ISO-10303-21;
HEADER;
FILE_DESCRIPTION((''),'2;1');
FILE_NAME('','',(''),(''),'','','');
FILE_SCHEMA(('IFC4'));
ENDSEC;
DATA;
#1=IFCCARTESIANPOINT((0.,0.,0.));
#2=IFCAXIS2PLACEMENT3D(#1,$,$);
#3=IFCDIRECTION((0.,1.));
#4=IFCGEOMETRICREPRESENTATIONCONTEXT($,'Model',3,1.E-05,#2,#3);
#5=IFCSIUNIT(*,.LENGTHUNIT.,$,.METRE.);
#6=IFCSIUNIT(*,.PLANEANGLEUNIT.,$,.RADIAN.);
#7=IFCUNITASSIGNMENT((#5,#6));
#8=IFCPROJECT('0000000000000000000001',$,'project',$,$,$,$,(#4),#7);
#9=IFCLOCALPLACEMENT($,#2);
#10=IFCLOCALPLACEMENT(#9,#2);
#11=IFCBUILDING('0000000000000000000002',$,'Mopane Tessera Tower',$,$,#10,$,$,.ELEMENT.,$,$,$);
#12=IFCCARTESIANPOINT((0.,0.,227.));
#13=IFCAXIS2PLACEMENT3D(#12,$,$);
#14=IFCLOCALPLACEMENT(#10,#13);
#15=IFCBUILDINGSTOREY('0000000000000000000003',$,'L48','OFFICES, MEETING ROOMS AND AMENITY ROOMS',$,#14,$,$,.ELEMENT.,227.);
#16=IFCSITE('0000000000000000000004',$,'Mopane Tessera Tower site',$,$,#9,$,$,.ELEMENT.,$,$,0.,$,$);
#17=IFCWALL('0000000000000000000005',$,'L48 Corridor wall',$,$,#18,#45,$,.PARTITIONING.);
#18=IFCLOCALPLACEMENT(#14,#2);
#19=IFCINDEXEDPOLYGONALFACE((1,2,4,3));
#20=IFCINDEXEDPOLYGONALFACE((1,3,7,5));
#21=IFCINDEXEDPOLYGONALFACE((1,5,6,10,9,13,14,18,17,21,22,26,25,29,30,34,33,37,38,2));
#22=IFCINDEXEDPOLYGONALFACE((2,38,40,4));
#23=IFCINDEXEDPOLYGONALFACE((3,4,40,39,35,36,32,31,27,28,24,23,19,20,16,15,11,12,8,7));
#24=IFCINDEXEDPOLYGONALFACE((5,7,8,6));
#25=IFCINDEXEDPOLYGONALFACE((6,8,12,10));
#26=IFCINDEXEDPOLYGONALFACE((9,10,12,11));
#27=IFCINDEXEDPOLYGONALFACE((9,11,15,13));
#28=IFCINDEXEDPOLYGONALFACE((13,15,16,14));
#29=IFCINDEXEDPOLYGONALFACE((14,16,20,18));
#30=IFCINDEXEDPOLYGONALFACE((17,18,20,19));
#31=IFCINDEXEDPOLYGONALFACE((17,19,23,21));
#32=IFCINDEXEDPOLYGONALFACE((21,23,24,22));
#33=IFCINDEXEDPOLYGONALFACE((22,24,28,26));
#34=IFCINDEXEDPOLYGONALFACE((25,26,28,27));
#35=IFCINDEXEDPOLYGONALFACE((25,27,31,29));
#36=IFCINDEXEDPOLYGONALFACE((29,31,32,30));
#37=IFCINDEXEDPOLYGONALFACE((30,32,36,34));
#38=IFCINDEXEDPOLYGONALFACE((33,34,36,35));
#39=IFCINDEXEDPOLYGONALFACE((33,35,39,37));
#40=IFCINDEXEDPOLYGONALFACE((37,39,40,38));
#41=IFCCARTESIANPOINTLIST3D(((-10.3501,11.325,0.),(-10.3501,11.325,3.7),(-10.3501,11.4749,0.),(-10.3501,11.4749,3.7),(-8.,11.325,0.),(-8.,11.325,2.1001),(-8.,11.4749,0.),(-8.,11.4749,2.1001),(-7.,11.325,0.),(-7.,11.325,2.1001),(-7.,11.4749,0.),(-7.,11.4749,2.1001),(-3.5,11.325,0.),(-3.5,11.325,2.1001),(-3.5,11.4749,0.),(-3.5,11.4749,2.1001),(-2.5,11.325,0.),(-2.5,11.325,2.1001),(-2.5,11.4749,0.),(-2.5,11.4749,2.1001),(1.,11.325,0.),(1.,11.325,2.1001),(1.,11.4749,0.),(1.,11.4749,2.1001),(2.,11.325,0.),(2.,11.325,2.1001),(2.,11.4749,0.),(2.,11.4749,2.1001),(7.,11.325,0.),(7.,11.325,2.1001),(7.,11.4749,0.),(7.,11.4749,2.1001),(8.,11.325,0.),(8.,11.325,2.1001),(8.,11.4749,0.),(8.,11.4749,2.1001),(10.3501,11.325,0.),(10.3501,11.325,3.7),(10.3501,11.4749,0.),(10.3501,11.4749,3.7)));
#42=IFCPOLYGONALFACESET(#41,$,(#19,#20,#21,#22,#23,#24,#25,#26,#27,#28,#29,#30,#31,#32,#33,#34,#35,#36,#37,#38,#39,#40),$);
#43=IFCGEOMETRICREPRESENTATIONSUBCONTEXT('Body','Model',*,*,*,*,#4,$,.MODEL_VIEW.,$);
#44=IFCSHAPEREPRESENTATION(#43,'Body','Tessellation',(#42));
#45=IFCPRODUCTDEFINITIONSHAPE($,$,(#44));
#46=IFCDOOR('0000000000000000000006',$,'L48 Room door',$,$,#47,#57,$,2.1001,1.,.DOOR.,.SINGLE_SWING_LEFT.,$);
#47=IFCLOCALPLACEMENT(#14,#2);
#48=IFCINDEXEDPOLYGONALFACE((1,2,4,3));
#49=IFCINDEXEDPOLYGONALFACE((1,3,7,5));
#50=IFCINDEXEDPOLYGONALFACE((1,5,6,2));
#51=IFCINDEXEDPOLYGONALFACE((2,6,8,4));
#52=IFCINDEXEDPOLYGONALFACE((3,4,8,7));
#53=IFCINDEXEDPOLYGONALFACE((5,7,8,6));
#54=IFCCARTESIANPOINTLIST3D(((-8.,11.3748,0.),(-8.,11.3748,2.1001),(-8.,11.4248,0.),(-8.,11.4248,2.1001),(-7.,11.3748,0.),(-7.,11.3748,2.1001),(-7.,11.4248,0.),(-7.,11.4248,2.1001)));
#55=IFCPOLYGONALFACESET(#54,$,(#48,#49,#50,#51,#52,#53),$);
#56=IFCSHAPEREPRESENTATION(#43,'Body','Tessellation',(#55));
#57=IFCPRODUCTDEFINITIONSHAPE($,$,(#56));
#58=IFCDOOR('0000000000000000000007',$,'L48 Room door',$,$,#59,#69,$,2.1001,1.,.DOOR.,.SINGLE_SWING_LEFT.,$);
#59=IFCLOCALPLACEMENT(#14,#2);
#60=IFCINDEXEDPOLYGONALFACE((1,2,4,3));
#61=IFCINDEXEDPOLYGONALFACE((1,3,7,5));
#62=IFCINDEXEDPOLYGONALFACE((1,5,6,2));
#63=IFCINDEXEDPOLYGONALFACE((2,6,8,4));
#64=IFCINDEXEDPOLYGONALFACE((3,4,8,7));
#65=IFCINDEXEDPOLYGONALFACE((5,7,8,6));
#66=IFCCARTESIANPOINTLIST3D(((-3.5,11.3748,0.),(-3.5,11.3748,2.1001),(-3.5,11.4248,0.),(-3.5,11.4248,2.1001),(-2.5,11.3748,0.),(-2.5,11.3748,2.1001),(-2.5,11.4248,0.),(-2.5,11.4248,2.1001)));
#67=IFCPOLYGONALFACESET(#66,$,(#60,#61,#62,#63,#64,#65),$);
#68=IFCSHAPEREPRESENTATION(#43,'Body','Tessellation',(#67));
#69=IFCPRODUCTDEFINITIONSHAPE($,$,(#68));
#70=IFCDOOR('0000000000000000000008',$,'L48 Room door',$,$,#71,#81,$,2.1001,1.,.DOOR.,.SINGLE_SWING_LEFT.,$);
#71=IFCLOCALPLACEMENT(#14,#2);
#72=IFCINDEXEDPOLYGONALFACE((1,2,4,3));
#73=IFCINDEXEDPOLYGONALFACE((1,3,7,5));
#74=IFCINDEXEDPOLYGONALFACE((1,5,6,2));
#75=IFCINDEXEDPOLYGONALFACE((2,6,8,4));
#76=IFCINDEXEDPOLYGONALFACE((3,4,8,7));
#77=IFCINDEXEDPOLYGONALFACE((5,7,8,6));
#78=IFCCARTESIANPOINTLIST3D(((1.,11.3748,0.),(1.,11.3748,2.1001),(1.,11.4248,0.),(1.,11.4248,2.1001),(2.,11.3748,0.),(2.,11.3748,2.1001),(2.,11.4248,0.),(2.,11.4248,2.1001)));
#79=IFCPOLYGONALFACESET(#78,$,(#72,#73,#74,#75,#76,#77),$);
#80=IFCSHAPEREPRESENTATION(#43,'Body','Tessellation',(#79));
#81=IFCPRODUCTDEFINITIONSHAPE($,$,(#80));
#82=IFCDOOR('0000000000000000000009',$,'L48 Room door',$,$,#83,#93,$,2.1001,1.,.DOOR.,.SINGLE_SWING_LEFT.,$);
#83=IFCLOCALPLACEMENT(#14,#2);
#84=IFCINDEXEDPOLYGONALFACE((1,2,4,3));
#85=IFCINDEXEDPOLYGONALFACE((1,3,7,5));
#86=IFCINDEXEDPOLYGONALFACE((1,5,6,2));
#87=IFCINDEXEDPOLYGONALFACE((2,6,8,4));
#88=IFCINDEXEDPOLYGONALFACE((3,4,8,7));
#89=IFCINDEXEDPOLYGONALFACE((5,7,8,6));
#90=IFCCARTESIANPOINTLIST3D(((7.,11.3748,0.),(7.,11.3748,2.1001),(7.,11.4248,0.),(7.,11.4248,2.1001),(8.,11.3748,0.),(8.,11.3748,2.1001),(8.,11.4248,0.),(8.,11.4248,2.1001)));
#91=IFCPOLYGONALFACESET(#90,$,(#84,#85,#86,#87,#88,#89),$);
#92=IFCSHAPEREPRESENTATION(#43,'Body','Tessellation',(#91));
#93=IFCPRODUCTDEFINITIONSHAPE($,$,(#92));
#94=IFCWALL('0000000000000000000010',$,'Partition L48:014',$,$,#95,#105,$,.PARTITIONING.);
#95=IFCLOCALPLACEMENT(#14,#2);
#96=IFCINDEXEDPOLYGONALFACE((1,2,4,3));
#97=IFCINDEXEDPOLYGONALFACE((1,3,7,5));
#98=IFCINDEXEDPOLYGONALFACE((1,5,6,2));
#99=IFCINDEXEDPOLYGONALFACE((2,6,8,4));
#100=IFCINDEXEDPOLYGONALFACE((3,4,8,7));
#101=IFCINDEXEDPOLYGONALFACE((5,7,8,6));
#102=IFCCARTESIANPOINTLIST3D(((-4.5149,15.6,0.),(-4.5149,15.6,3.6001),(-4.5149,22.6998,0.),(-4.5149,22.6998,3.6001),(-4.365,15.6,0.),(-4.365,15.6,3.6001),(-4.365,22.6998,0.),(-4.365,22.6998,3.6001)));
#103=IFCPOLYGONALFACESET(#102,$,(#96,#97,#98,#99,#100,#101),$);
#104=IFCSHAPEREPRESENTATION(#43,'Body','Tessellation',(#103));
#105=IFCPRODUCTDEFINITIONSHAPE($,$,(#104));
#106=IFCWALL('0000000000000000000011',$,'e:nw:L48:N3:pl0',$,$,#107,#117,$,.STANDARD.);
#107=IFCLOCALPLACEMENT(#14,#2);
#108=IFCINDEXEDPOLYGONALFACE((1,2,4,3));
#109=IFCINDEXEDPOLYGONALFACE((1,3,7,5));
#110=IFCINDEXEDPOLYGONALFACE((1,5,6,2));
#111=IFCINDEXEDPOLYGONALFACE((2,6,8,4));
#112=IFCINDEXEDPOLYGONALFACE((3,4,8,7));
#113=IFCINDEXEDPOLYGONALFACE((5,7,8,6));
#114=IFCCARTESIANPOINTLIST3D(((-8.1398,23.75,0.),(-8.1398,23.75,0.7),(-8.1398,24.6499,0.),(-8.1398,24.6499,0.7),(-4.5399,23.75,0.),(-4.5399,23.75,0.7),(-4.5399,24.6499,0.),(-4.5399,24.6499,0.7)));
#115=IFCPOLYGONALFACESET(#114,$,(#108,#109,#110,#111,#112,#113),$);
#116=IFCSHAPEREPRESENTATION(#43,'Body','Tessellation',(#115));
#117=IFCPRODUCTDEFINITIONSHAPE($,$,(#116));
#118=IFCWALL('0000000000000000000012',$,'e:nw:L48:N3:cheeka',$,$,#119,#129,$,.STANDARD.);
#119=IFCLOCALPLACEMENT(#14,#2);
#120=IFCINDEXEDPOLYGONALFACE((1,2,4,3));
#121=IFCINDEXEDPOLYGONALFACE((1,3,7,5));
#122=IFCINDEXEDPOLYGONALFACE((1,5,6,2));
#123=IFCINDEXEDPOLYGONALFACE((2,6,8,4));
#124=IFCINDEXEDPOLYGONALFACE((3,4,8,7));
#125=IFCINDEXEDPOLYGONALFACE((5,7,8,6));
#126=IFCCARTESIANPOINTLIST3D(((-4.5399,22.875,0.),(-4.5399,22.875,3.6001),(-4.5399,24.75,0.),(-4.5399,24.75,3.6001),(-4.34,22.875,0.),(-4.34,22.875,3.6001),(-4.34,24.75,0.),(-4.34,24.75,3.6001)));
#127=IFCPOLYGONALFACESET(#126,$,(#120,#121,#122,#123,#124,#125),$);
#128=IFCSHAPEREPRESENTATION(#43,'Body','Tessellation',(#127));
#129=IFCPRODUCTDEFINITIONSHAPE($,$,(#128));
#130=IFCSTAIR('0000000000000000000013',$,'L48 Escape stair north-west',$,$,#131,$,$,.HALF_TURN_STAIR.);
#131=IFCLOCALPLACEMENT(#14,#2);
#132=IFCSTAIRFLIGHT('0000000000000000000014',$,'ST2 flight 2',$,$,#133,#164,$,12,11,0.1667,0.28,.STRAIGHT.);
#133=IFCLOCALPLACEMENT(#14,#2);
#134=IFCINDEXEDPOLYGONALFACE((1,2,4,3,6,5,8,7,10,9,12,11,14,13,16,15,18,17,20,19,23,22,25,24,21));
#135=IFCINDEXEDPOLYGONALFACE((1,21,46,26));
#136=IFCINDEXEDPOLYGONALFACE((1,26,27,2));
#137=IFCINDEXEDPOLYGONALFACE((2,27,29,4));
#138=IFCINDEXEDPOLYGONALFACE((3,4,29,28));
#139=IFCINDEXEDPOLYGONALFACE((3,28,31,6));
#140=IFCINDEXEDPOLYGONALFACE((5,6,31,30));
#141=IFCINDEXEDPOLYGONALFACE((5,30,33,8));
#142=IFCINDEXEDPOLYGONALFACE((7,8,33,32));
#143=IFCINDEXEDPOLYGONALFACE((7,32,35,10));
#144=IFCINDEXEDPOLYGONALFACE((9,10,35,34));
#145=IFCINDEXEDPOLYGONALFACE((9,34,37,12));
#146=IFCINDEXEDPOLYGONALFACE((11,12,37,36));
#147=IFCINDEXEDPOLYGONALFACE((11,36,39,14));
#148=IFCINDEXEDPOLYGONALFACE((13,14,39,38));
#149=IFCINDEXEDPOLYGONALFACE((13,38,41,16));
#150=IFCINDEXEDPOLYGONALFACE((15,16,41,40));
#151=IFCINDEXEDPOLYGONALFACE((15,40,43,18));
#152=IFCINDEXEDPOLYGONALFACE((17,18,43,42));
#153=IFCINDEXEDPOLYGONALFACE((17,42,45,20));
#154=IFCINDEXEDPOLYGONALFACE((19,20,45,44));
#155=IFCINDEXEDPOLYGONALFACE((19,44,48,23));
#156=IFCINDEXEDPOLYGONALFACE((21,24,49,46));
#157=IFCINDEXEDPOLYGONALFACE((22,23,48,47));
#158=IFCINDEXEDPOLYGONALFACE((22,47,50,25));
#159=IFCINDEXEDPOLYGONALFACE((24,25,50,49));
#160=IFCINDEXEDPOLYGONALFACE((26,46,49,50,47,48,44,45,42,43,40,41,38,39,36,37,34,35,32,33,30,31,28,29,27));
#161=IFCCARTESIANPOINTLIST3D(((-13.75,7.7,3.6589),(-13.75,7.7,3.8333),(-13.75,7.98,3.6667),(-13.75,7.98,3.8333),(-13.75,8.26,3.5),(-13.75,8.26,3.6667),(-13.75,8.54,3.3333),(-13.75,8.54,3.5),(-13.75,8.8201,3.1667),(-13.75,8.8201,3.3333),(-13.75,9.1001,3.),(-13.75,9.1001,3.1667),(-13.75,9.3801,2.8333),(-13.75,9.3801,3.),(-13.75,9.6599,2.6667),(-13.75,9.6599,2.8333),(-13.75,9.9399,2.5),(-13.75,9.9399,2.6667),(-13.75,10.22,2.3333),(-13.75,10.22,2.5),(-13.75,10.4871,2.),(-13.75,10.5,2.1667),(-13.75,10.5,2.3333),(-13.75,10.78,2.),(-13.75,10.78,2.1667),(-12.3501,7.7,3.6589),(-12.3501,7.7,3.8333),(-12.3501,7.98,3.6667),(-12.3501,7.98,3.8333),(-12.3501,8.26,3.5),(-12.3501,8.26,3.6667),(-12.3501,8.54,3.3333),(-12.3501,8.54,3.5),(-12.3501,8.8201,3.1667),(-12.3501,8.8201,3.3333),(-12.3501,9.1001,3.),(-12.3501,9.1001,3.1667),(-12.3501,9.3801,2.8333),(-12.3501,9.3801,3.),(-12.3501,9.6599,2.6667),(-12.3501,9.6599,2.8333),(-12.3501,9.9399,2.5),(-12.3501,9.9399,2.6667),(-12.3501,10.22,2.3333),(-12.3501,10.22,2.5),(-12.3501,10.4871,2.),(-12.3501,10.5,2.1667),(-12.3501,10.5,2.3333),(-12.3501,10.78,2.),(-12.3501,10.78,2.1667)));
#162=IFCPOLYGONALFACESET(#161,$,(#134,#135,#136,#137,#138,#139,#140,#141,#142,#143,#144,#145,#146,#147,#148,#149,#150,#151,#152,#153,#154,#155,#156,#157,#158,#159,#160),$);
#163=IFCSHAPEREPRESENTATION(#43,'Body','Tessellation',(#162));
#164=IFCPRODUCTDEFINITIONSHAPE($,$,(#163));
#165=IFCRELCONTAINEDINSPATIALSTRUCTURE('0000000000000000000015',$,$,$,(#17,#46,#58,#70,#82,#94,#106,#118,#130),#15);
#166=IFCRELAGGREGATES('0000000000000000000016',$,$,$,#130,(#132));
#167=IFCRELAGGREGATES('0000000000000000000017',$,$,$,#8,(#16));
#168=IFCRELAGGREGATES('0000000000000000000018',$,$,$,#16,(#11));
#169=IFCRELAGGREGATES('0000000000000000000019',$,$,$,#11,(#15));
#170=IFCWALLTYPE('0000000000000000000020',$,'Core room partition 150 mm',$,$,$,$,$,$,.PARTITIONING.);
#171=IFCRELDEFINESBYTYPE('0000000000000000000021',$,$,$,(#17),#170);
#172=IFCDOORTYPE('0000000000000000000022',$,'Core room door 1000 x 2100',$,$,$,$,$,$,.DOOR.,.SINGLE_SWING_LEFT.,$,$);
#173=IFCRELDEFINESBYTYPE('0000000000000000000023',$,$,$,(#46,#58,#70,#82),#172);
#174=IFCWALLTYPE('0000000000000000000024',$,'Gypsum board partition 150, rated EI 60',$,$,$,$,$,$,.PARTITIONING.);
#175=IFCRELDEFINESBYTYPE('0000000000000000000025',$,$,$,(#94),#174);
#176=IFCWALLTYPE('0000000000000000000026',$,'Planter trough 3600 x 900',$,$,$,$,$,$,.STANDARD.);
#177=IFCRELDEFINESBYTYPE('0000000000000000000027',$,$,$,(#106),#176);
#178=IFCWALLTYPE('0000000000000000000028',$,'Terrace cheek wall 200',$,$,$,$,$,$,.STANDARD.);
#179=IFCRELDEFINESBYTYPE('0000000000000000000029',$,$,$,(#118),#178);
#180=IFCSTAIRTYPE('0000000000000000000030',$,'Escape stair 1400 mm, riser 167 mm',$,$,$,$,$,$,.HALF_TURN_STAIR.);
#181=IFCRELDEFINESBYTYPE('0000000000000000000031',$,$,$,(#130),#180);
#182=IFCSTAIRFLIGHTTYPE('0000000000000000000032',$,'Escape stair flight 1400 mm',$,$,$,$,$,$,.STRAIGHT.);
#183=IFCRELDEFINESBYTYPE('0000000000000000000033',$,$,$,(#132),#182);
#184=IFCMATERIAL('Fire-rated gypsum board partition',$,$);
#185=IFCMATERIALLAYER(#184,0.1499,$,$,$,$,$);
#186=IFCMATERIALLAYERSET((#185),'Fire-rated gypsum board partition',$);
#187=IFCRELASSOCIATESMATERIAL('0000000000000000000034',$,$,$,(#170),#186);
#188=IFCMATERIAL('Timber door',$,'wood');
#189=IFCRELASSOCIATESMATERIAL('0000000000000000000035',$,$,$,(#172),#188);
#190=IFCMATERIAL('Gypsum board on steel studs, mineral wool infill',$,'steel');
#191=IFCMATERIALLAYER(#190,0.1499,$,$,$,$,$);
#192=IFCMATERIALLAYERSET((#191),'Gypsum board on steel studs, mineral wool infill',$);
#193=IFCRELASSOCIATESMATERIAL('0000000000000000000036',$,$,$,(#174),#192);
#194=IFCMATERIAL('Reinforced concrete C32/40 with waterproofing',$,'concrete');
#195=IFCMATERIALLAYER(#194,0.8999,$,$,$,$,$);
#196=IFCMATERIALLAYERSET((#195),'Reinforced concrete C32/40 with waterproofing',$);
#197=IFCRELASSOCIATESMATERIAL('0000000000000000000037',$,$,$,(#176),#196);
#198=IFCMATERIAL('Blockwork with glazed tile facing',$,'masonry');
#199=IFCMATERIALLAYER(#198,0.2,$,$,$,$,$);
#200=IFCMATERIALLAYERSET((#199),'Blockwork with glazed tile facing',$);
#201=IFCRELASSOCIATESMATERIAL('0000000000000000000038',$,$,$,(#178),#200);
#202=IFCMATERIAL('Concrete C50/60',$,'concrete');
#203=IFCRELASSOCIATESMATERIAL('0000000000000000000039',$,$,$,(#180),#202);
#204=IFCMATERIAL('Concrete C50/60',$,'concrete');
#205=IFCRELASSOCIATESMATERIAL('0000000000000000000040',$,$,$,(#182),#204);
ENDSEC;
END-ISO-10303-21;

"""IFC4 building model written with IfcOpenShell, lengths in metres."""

from ifc_helpers import new_model, si_unit, direction, frame, frame_2d, origin, place, context, subcontext, project, spatial, polyline, rectangle, outline, extrude, material, layer, layer_set, type_object, element, fill, aggregate, save


model = new_model("IFC4")

# Units and contexts
model_context = context("Model", 3, precision=1e-05, world=origin(), true_north=direction((0.0, 1.0)))
body_context = subcontext(model_context, "Body", "Model", "MODEL_VIEW")
ifc_project = project(units=[si_unit("LENGTHUNIT", "METRE"), si_unit("PLANEANGLEUNIT", "RADIAN")], contexts=[model_context])

# Site, building, storey
site_placement = place(None, origin())
site = spatial("IfcSite", under=ifc_project, at=site_placement, Name="Mopane Tessera Tower site", CompositionType="ELEMENT", RefElevation=0.0)
building_placement = place(site_placement, origin())
building = spatial("IfcBuilding", under=site, at=building_placement, Name="Mopane Tessera Tower", CompositionType="ELEMENT")
storey_placement = place(building_placement, frame((0.0, 0.0, 227.0)))
storey = spatial("IfcBuildingStorey", under=building, at=storey_placement, Name="L48", Description="OFFICES, MEETING ROOMS AND AMENITY ROOMS", CompositionType="ELEMENT", Elevation=227.0)

# Shared definitions
ifc_material_1 = material(Name="Fire-rated gypsum board partition")
ifc_layer_1 = layer(ifc_material_1, 0.1499)
ifc_layer_set_1 = layer_set([ifc_layer_1], Name="Fire-rated gypsum board partition")
wall_type_1 = type_object("IfcWallType", Name="Core room partition 150 mm", PredefinedType="PARTITIONING", material=ifc_layer_set_1)

# Wall, openings, doors
wall_1_placement = place(storey_placement, frame((-10.3501, 11.3999, 0.0), z_axis=(0.0, 0.0, 1.0), x_axis=(1.0, 0.0, 0.0)))
wall_1 = element("IfcWall", 1, at=wall_1_placement, inside=storey, type_object=wall_type_1, Name="L48 Corridor wall", PredefinedType="PARTITIONING", context=body_context, shape_type="SweptSolid", body=[
    extrude(rectangle(XDim=20.7002, YDim=0.1499, at=frame_2d((10.3501, 0.0))), origin(), (0.0, 0.0, 1.0), 3.7),
])
opening_1_placement = place(wall_1_placement, frame((2.3501, 0.0, 0.0)))
opening_1 = element("IfcOpeningElement", 2, at=opening_1_placement, cuts=wall_1, PredefinedType="OPENING", context=body_context, shape_type="SweptSolid", body=[
    extrude(rectangle(XDim=1.0, YDim=2.1001, at=frame_2d((0.5, 1.05))), frame((0.0, 0.0869, 0.0), z_axis=(0.0, -1.0, 0.0), x_axis=(1.0, 0.0, 0.0)), (0.0, 0.0, 1.0), 0.1738),
])
opening_2_placement = place(wall_1_placement, frame((6.8501, 0.0, 0.0)))
opening_2 = element("IfcOpeningElement", 3, at=opening_2_placement, cuts=wall_1, PredefinedType="OPENING", context=body_context, shape_type="SweptSolid", body=[
    extrude(rectangle(XDim=1.0, YDim=2.1001, at=frame_2d((0.5, 1.05))), frame((0.0, 0.0869, 0.0), z_axis=(0.0, -1.0, 0.0), x_axis=(1.0, 0.0, 0.0)), (0.0, 0.0, 1.0), 0.1738),
])
opening_3_placement = place(wall_1_placement, frame((11.3501, 0.0, 0.0)))
opening_3 = element("IfcOpeningElement", 4, at=opening_3_placement, cuts=wall_1, PredefinedType="OPENING", context=body_context, shape_type="SweptSolid", body=[
    extrude(rectangle(XDim=1.0, YDim=2.1001, at=frame_2d((0.5, 1.05))), frame((0.0, 0.0869, 0.0), z_axis=(0.0, -1.0, 0.0), x_axis=(1.0, 0.0, 0.0)), (0.0, 0.0, 1.0), 0.1738),
])
opening_4_placement = place(wall_1_placement, frame((17.3501, 0.0, 0.0)))
opening_4 = element("IfcOpeningElement", 5, at=opening_4_placement, cuts=wall_1, PredefinedType="OPENING", context=body_context, shape_type="SweptSolid", body=[
    extrude(rectangle(XDim=1.0, YDim=2.1001, at=frame_2d((0.5, 1.05))), frame((0.0, 0.0869, 0.0), z_axis=(0.0, -1.0, 0.0), x_axis=(1.0, 0.0, 0.0)), (0.0, 0.0, 1.0), 0.1738),
])
ifc_material_2 = material(Name="Timber door", Category="wood")
door_type_1 = type_object("IfcDoorType", Name="Core room door 1000 x 2100", OperationType="SINGLE_SWING_LEFT", PredefinedType="DOOR", material=ifc_material_2)
door_1_placement = place(opening_1_placement, origin())
door_1 = element("IfcDoor", 6, at=door_1_placement, inside=storey, type_object=door_type_1, Name="L48 Room door", OperationType="SINGLE_SWING_LEFT", OverallHeight=2.1001, OverallWidth=1.0, PredefinedType="DOOR", context=body_context, shape_type="SweptSolid", body=[
    extrude(rectangle(XDim=1.0, YDim=2.1001, at=frame_2d((0.5, 1.05))), frame((0.0, 0.0249, 0.0), z_axis=(0.0, -1.0, 0.0), x_axis=(1.0, 0.0, 0.0)), (0.0, 0.0, 1.0), 0.05),
])
fill(opening_1, door_1)
door_2_placement = place(opening_2_placement, origin())
door_2 = element("IfcDoor", 7, at=door_2_placement, inside=storey, type_object=door_type_1, Name="L48 Room door", OperationType="SINGLE_SWING_LEFT", OverallHeight=2.1001, OverallWidth=1.0, PredefinedType="DOOR", context=body_context, shape_type="SweptSolid", body=[
    extrude(rectangle(XDim=1.0, YDim=2.1001, at=frame_2d((0.5, 1.05))), frame((0.0, 0.0249, 0.0), z_axis=(0.0, -1.0, 0.0), x_axis=(1.0, 0.0, 0.0)), (0.0, 0.0, 1.0), 0.05),
])
fill(opening_2, door_2)
door_3_placement = place(opening_3_placement, origin())
door_3 = element("IfcDoor", 8, at=door_3_placement, inside=storey, type_object=door_type_1, Name="L48 Room door", OperationType="SINGLE_SWING_LEFT", OverallHeight=2.1001, OverallWidth=1.0, PredefinedType="DOOR", context=body_context, shape_type="SweptSolid", body=[
    extrude(rectangle(XDim=1.0, YDim=2.1001, at=frame_2d((0.5, 1.05))), frame((0.0, 0.0249, 0.0), z_axis=(0.0, -1.0, 0.0), x_axis=(1.0, 0.0, 0.0)), (0.0, 0.0, 1.0), 0.05),
])
fill(opening_3, door_3)
door_4_placement = place(opening_4_placement, origin())
door_4 = element("IfcDoor", 9, at=door_4_placement, inside=storey, type_object=door_type_1, Name="L48 Room door", OperationType="SINGLE_SWING_LEFT", OverallHeight=2.1001, OverallWidth=1.0, PredefinedType="DOOR", context=body_context, shape_type="SweptSolid", body=[
    extrude(rectangle(XDim=1.0, YDim=2.1001, at=frame_2d((0.5, 1.05))), frame((0.0, 0.0249, 0.0), z_axis=(0.0, -1.0, 0.0), x_axis=(1.0, 0.0, 0.0)), (0.0, 0.0, 1.0), 0.05),
])
fill(opening_4, door_4)

# Walls
ifc_material_3 = material(Name="Gypsum board on steel studs, mineral wool infill", Category="steel")
ifc_layer_2 = layer(ifc_material_3, 0.1499)
ifc_layer_set_2 = layer_set([ifc_layer_2], Name="Gypsum board on steel studs, mineral wool infill")
wall_type_2 = type_object("IfcWallType", Name="Gypsum board partition 150, rated EI 60", PredefinedType="PARTITIONING", material=ifc_layer_set_2)
wall_2_placement = place(storey_placement, frame((-4.4399, 15.6001, 0.0), z_axis=(0.0, 0.0, 1.0), x_axis=(0.0, 1.0, 0.0)))
element("IfcWall", 10, at=wall_2_placement, inside=storey, type_object=wall_type_2, Name="Partition L48:014", PredefinedType="PARTITIONING", context=body_context, shape_type="SweptSolid", body=[
    extrude(rectangle(XDim=7.0999, YDim=0.1499, at=frame_2d((3.5498, 0.0))), origin(), (0.0, 0.0, 1.0), 3.6001),
])
ifc_material_4 = material(Name="Reinforced concrete C32/40 with waterproofing", Category="concrete")
ifc_layer_3 = layer(ifc_material_4, 0.8999)
ifc_layer_set_3 = layer_set([ifc_layer_3], Name="Reinforced concrete C32/40 with waterproofing")
wall_type_3 = type_object("IfcWallType", Name="Planter trough 3600 x 900", PredefinedType="STANDARD", material=ifc_layer_set_3)
wall_3_placement = place(storey_placement, frame((-4.54, 24.2, 0.0), z_axis=(0.0, 0.0, 1.0), x_axis=(-1.0, 0.0, 0.0)))
element("IfcWall", 11, at=wall_3_placement, inside=storey, type_object=wall_type_3, Name="e:nw:L48:N3:pl0", PredefinedType="STANDARD", context=body_context, shape_type="SweptSolid", body=[
    extrude(rectangle(XDim=3.5999, YDim=0.8999, at=frame_2d((1.7998, 0.0))), origin(), (0.0, 0.0, 1.0), 0.7),
])
ifc_material_5 = material(Name="Blockwork with glazed tile facing", Category="masonry")
ifc_layer_4 = layer(ifc_material_5, 0.2)
ifc_layer_set_4 = layer_set([ifc_layer_4], Name="Blockwork with glazed tile facing")
wall_type_4 = type_object("IfcWallType", Name="Terrace cheek wall 200", PredefinedType="STANDARD", material=ifc_layer_set_4)
wall_4_placement = place(storey_placement, frame((-4.4399, 24.75, 0.0), z_axis=(0.0, 0.0, 1.0), x_axis=(0.0, -1.0, 0.0)))
element("IfcWall", 12, at=wall_4_placement, inside=storey, type_object=wall_type_4, Name="e:nw:L48:N3:cheeka", PredefinedType="STANDARD", context=body_context, shape_type="SweptSolid", body=[
    extrude(rectangle(XDim=1.875, YDim=0.2, at=frame_2d((0.9375, 0.0))), origin(), (0.0, 0.0, 1.0), 3.6001),
])

# Stair, stair flight
ifc_material_6 = material(Name="Concrete C50/60", Category="concrete")
stair_type = type_object("IfcStairType", Name="Escape stair 1400 mm, riser 167 mm", PredefinedType="HALF_TURN_STAIR", material=ifc_material_6)
stair_placement = place(storey_placement, origin())
stair = element("IfcStair", 13, at=stair_placement, inside=storey, type_object=stair_type, Name="L48 Escape stair north-west", PredefinedType="HALF_TURN_STAIR")
ifc_material_7 = material(Name="Concrete C50/60", Category="concrete")
stair_flight_type = type_object("IfcStairFlightType", Name="Escape stair flight 1400 mm", PredefinedType="STRAIGHT", material=ifc_material_7)
stair_flight_placement = place(storey_placement, frame((-13.05, 10.78, 2.0), z_axis=(0.0, 0.0, 1.0), x_axis=(0.0, -1.0, 0.0)))
stair_flight = element("IfcStairFlight", 14, at=stair_flight_placement, type_object=stair_flight_type, Name="ST2 flight 2", NumberOfRisers=12, NumberOfTreads=11, PredefinedType="STRAIGHT", RiserHeight=0.1667, TreadLength=0.28, context=body_context, shape_type="SweptSolid", body=[
    extrude(outline(polyline([(0.0, 0.0), (0.0, 0.1667), (0.28, 0.1667), (0.28, 0.3333), (0.5601, 0.3333), (0.5601, 0.5), (0.8401, 0.5), (0.8401, 0.6667), (1.1201, 0.6667), (1.1201, 0.8333), (1.3999, 0.8333), (1.3999, 1.0), (1.6799, 1.0), (1.6799, 1.1667), (1.96, 1.1667), (1.96, 1.3333), (2.24, 1.3333), (2.24, 1.5), (2.52, 1.5), (2.52, 1.6667), (2.8, 1.6667), (2.8, 1.8333), (3.0801, 1.8333), (3.0801, 2.0), (3.0801, 1.6589), (0.293, 0.0), (0.0, 0.0)])), frame((0.0, 0.7, 0.0), z_axis=(0.0, -1.0, 0.0), x_axis=(1.0, 0.0, 0.0)), (0.0, 0.0, 1.0), 1.3999),
])
aggregate(stair, [stair_flight])

save(model, "model.ifc")
